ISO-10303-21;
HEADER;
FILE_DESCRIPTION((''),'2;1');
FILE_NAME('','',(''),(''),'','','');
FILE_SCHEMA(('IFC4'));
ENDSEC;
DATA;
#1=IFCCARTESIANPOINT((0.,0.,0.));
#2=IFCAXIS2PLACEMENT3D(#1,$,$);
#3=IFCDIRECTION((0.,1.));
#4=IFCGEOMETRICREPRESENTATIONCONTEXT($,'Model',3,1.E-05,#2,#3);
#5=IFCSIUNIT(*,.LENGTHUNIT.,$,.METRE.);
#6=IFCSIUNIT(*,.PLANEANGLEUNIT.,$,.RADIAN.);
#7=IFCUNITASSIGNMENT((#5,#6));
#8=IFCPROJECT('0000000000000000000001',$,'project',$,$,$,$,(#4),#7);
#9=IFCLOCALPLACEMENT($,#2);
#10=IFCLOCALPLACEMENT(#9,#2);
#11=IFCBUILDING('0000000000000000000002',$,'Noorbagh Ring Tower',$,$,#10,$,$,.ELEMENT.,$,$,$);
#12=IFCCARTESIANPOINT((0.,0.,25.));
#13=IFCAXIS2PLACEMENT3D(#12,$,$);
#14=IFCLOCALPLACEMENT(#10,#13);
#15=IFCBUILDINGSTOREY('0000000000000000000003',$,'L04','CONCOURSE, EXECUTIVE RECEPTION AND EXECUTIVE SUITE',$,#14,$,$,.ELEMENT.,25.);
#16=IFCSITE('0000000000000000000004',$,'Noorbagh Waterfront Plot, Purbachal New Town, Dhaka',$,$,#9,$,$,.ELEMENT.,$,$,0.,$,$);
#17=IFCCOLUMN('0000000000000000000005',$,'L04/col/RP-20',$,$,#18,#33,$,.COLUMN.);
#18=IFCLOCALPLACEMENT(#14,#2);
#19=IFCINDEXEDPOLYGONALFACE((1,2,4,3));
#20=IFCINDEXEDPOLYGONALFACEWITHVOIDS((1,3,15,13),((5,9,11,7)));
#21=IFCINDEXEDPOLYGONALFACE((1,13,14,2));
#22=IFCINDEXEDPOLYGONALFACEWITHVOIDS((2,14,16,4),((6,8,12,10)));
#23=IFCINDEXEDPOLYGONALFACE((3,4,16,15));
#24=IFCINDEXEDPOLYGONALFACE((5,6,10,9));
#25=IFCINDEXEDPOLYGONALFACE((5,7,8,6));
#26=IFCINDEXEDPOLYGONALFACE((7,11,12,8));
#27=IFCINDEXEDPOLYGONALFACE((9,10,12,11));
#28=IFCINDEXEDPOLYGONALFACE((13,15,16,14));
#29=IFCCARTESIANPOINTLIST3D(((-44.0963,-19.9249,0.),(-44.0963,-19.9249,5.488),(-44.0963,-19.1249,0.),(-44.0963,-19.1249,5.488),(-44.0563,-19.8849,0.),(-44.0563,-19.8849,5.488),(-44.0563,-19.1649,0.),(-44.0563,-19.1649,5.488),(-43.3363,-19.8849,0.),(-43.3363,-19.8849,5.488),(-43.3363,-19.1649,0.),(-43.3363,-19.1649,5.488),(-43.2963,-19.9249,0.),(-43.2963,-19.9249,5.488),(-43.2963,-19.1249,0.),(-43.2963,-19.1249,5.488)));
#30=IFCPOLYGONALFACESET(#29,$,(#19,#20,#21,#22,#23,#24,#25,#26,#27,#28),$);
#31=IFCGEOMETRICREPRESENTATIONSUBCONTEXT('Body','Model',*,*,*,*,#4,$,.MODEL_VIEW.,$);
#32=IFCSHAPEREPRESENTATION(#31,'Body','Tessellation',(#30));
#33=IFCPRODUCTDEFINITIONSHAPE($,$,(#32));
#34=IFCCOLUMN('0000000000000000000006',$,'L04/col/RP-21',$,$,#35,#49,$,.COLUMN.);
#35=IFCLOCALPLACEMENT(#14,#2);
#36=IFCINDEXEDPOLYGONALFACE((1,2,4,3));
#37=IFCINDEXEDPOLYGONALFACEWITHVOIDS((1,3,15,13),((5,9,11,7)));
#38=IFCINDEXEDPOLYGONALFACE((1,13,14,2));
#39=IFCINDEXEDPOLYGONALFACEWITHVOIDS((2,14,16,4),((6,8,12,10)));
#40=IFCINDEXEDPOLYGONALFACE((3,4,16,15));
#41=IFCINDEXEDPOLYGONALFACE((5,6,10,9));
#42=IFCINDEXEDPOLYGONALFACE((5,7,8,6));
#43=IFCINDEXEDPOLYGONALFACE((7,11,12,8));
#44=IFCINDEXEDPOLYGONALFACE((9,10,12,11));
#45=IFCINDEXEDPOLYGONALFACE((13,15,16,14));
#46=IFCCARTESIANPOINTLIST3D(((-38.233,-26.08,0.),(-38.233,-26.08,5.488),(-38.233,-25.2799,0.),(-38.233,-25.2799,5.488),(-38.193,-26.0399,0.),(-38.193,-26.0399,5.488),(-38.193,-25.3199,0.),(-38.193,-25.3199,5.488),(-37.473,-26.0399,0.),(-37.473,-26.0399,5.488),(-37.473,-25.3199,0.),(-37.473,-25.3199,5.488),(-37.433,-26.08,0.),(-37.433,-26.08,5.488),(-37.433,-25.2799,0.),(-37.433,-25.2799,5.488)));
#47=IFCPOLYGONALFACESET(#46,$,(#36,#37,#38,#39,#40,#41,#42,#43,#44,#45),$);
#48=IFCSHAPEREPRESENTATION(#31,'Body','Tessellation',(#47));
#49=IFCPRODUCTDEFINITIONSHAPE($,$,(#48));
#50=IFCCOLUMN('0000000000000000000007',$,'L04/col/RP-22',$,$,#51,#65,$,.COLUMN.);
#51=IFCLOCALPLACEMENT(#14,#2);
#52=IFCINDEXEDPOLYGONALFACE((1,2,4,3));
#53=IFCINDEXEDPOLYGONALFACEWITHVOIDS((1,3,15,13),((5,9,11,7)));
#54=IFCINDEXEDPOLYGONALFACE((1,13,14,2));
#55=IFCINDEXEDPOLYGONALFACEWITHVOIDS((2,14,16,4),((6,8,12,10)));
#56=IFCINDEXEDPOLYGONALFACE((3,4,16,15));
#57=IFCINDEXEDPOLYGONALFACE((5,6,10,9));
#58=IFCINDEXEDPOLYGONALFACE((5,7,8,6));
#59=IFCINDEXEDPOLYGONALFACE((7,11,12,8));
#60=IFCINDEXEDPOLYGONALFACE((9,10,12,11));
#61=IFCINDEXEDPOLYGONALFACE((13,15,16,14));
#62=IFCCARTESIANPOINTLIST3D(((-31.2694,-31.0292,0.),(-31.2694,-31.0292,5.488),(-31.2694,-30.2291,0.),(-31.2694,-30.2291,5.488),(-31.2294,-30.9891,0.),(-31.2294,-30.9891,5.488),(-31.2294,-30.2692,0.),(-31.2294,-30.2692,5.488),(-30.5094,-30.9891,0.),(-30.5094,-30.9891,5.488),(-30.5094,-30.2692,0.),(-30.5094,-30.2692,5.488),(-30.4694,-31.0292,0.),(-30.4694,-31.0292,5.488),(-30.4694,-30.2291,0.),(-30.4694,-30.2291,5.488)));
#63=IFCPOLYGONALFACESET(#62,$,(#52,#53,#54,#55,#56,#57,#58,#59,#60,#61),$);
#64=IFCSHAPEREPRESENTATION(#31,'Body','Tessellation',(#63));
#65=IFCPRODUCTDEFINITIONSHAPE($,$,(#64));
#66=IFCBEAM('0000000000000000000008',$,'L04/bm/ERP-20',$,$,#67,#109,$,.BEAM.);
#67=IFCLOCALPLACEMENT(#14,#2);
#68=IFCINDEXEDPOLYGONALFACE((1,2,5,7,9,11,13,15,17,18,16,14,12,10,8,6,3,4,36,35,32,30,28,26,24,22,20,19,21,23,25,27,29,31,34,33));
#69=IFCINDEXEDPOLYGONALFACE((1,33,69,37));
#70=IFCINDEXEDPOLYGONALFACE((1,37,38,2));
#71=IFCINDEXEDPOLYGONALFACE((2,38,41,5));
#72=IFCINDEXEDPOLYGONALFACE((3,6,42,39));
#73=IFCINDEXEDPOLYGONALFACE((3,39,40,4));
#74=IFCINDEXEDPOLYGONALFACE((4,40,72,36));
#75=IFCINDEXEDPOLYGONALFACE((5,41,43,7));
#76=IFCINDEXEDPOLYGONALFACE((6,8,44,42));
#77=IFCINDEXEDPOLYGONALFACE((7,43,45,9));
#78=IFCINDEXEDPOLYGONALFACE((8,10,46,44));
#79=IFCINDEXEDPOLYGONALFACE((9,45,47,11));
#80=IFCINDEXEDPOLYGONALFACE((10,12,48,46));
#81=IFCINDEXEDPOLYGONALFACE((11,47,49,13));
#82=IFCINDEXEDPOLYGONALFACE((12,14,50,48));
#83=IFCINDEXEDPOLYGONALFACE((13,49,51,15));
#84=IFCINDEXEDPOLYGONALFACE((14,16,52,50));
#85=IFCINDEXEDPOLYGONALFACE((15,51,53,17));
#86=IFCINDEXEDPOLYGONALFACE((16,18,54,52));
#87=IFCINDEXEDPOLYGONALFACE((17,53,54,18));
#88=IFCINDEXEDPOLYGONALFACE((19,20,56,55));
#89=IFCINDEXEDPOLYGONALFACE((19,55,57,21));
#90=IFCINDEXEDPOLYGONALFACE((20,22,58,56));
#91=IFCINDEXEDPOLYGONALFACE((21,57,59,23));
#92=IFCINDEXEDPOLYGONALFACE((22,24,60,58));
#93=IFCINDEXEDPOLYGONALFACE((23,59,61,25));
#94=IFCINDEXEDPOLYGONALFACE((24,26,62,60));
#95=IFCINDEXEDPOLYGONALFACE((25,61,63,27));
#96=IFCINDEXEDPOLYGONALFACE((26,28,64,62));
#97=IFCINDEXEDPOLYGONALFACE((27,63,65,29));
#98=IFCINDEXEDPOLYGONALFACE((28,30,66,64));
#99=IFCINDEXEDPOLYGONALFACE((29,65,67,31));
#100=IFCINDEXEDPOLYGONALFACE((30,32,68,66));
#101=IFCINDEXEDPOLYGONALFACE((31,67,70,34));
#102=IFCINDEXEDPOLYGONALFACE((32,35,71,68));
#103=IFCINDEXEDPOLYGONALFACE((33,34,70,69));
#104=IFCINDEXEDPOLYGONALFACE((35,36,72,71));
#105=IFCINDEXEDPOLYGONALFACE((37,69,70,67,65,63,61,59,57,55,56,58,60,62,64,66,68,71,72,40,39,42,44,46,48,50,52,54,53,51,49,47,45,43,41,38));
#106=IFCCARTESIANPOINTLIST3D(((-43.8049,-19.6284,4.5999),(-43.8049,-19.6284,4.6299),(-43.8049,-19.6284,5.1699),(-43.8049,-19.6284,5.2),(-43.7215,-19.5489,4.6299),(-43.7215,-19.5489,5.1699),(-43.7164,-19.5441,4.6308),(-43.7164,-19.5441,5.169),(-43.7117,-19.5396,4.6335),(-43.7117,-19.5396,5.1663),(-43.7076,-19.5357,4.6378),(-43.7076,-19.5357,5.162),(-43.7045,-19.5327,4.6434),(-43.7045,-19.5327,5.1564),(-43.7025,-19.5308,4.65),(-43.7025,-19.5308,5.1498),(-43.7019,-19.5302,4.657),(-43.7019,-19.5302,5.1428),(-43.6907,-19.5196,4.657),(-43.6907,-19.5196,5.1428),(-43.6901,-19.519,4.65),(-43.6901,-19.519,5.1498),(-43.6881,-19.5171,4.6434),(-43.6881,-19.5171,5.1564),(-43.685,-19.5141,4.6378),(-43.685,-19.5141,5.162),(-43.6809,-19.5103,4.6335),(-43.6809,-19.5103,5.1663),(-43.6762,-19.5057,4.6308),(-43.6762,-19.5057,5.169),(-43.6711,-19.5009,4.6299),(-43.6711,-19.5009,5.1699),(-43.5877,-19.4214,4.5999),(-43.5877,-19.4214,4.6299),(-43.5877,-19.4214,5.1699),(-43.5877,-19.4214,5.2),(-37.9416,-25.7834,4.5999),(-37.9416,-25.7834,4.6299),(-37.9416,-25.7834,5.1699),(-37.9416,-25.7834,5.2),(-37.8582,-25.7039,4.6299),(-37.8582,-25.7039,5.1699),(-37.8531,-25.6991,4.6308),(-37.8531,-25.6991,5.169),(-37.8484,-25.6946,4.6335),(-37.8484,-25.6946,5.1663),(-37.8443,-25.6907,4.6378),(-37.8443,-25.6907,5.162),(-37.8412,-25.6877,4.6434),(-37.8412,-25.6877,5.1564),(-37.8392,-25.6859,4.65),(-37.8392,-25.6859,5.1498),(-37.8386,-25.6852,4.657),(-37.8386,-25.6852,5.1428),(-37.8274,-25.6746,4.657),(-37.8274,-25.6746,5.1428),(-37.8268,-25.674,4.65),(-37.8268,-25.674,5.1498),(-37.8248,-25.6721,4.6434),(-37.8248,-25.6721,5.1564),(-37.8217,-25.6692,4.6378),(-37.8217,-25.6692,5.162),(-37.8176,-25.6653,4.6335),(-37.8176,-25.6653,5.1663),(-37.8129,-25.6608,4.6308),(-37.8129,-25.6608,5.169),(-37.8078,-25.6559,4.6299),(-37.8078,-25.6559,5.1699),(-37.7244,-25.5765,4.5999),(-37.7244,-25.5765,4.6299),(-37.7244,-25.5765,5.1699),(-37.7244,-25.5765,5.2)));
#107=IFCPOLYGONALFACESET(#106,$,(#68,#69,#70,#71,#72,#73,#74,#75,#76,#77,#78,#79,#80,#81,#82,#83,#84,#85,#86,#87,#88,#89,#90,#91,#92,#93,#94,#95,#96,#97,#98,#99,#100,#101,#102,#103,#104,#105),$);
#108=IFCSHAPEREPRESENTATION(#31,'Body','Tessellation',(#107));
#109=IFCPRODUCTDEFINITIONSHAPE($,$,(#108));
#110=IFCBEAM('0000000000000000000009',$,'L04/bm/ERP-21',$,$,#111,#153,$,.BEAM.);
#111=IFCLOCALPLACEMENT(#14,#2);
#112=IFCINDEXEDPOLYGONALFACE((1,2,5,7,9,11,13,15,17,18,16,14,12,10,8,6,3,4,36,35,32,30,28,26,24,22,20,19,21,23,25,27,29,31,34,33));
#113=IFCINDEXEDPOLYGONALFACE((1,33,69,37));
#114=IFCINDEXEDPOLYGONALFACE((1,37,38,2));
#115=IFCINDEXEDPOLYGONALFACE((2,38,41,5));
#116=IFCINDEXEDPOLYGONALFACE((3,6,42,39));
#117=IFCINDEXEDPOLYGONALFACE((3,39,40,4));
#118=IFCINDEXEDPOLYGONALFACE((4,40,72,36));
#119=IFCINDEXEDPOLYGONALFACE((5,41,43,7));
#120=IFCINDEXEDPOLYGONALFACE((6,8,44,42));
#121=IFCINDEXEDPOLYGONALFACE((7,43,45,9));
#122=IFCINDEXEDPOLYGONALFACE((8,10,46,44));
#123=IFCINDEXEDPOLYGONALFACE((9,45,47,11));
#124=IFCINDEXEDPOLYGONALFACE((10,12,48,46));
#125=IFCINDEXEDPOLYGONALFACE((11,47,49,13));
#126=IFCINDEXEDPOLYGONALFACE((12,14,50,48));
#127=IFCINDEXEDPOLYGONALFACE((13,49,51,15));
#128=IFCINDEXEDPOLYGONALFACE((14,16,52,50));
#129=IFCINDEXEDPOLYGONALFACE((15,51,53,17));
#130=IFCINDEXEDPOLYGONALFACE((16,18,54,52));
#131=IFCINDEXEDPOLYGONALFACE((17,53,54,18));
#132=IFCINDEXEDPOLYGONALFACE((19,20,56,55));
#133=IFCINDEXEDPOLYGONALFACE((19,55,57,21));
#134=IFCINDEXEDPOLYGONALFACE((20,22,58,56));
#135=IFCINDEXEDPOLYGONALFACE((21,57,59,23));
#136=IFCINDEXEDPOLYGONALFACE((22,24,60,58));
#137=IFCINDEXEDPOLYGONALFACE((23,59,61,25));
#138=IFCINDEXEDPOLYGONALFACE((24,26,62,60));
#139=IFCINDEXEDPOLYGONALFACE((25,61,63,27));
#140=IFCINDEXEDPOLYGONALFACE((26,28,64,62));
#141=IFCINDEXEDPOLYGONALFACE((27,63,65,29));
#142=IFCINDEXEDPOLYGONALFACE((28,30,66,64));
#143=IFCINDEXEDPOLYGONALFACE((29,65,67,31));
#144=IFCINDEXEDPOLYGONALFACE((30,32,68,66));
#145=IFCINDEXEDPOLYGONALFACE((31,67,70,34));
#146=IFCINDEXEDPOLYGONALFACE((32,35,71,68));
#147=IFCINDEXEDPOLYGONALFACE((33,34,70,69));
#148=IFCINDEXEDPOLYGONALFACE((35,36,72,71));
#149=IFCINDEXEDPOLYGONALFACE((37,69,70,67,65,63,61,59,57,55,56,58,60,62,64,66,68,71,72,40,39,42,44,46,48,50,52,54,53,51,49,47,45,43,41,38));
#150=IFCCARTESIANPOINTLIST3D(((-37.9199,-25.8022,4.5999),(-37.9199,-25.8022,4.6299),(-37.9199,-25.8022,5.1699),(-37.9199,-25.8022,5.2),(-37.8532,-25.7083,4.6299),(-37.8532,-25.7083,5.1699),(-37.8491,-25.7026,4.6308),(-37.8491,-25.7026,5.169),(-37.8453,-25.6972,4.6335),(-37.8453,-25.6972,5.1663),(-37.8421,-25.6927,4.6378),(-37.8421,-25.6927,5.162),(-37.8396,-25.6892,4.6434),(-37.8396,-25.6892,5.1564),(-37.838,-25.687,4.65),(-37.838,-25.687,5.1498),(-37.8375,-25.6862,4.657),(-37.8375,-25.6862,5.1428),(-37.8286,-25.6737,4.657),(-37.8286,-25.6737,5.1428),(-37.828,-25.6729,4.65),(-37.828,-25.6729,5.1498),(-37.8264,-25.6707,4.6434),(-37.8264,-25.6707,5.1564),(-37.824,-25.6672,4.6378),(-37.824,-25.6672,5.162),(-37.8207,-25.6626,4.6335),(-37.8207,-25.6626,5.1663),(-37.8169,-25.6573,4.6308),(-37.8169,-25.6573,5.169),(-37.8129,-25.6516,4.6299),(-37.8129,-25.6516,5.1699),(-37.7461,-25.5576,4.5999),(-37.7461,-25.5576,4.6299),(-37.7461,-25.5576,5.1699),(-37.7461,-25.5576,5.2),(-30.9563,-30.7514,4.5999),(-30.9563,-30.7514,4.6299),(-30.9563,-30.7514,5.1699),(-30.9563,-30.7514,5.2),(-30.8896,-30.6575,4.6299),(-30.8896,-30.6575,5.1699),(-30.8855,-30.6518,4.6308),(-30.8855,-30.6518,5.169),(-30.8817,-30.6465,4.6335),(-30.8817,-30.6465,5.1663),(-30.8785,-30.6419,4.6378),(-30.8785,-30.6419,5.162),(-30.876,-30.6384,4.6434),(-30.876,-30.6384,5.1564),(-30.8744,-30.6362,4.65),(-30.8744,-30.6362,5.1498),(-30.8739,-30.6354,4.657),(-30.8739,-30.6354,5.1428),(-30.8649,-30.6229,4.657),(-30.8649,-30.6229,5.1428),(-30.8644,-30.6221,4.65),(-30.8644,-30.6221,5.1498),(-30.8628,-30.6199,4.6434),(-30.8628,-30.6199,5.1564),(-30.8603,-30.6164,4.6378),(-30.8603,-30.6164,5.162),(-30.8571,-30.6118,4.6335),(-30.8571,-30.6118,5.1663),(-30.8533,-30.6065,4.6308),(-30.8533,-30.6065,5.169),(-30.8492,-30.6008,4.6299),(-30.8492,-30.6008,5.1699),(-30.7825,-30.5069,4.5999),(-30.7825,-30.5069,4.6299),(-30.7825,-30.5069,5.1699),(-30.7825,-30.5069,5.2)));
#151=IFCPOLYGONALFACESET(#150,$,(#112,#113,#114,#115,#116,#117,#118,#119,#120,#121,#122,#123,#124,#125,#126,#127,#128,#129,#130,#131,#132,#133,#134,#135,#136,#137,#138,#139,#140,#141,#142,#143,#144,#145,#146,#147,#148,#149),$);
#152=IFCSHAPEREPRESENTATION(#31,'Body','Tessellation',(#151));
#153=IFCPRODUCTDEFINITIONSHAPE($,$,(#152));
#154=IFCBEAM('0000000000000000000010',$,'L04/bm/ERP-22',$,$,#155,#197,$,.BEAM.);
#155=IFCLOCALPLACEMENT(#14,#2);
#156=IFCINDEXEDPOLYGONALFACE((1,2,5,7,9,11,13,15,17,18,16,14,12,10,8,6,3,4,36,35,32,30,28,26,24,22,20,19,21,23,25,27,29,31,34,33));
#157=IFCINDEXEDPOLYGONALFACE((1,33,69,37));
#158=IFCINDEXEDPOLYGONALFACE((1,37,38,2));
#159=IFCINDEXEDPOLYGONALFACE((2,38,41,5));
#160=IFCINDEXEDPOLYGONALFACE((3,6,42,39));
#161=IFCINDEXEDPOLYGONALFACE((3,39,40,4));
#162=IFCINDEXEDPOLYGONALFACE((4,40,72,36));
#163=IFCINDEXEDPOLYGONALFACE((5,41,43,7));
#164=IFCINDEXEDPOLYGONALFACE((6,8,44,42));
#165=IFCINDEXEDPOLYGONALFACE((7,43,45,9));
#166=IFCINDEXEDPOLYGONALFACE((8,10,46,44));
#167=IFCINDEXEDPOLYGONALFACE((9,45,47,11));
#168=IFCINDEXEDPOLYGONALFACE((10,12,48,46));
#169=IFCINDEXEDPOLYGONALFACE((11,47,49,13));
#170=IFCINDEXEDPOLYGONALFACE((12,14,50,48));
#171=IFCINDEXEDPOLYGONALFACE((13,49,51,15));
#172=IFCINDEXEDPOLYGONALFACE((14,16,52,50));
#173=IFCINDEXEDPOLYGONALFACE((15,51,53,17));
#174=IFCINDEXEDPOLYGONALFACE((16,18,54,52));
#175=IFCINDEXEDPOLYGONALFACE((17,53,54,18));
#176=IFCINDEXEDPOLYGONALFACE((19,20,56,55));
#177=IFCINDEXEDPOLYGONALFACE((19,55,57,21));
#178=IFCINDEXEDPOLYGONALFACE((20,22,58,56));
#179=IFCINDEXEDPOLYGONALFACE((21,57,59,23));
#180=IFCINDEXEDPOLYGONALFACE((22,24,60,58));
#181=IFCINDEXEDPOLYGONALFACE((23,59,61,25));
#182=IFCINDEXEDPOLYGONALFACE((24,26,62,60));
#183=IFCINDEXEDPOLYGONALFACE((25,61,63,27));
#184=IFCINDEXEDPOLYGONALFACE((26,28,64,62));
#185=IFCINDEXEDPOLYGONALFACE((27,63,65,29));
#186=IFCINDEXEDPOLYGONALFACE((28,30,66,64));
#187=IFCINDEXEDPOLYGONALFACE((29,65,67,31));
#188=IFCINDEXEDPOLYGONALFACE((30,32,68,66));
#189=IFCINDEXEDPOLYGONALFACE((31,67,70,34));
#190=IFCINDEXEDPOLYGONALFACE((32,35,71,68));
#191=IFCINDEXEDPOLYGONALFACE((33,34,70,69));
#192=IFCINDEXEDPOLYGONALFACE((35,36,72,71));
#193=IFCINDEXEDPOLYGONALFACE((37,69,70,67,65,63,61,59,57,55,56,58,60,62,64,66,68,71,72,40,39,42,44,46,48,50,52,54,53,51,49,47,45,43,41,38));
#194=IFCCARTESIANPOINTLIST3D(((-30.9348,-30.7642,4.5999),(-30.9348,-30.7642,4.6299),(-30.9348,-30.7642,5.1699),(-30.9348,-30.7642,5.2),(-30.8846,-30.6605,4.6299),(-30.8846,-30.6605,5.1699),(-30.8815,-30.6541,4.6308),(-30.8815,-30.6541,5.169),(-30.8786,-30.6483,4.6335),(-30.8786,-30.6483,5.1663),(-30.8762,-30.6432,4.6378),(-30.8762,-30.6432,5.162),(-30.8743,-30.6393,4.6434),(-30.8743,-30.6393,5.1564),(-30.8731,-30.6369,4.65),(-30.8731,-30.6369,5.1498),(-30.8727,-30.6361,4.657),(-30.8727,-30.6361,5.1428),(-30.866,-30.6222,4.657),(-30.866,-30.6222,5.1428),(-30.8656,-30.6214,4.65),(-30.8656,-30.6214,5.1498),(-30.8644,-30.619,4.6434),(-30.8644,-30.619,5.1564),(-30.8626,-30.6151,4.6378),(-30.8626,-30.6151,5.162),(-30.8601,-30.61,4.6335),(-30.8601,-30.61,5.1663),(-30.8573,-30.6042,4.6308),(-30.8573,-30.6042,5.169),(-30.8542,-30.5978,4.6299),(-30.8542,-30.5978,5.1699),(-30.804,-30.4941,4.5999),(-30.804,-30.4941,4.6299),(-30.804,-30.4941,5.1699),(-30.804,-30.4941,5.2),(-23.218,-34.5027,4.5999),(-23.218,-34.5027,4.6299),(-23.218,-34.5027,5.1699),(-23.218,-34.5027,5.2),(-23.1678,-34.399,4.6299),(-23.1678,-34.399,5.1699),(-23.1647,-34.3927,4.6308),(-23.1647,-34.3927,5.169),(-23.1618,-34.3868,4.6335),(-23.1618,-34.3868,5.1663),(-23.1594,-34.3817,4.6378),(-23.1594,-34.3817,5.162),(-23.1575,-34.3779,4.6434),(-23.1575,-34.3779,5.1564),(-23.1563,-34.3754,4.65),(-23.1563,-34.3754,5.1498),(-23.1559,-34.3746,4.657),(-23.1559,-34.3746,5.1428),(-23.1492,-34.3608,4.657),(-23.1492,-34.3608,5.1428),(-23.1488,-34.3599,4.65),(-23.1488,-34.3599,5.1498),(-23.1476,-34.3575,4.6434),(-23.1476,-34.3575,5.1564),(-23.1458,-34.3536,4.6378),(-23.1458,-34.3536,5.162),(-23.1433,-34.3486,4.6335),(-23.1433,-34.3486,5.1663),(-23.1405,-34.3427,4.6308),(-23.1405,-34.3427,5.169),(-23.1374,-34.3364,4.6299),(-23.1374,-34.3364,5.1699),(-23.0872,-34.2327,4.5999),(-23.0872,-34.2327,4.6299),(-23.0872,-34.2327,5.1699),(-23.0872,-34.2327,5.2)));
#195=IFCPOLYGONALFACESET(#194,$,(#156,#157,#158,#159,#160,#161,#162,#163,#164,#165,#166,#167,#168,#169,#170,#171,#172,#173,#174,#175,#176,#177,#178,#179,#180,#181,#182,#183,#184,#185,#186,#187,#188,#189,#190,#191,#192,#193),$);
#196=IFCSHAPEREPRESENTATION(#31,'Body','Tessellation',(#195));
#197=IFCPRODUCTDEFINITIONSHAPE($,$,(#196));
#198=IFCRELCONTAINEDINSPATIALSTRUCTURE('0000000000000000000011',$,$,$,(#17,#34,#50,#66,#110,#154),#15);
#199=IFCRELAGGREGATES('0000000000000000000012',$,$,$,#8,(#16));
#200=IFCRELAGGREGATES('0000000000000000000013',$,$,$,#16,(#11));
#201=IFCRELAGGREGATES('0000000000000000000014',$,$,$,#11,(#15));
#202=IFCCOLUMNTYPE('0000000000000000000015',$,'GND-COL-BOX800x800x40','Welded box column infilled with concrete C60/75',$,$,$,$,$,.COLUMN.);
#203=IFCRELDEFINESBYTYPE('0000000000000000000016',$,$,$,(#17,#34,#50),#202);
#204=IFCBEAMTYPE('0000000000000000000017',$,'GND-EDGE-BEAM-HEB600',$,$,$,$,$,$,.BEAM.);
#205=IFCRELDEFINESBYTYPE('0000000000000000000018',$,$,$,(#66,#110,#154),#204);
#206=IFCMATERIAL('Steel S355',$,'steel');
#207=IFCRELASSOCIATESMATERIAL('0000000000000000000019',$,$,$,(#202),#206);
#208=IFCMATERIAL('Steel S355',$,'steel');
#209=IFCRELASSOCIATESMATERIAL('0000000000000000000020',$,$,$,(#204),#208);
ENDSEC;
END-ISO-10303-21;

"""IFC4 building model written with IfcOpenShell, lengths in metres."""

from ifc_helpers import new_model, si_unit, direction, frame, origin, origin_2d, place, context, subcontext, project, spatial, hollow_rectangle, i_section, extrude, material, material_profile, profile_set, type_object, element, save


model = new_model("IFC4")

# Units and contexts
model_context = context("Model", 3, precision=1e-05, world=origin(), true_north=direction((0.0, 1.0)))
body_context = subcontext(model_context, "Body", "Model", "MODEL_VIEW")
ifc_project = project(units=[si_unit("LENGTHUNIT", "METRE"), si_unit("PLANEANGLEUNIT", "RADIAN")], contexts=[model_context])

# Site, building, storey
site_placement = place(None, origin())
site = spatial("IfcSite", under=ifc_project, at=site_placement, Name="Noorbagh Waterfront Plot, Purbachal New Town, Dhaka", CompositionType="ELEMENT", RefElevation=0.0)
building_placement = place(site_placement, origin())
building = spatial("IfcBuilding", under=site, at=building_placement, Name="Noorbagh Ring Tower", CompositionType="ELEMENT")
storey_placement = place(building_placement, frame((0.0, 0.0, 25.0)))
storey = spatial("IfcBuildingStorey", under=building, at=storey_placement, Name="L04", Description="CONCOURSE, EXECUTIVE RECEPTION AND EXECUTIVE SUITE", CompositionType="ELEMENT", Elevation=25.0)

# Columns
ifc_material_1 = material(Name="Steel S355", Category="steel")
ifc_material_profile_1 = material_profile(ifc_material_1, hollow_rectangle(XDim=0.8, YDim=0.8, WallThickness=0.04, at=origin_2d()), Name="BOX800x800x40")
ifc_profile_set_1 = profile_set([ifc_material_profile_1], Name="Steel S355")
column_type = type_object("IfcColumnType", Name="GND-COL-BOX800x800x40", Description="Welded box column infilled with concrete C60/75", PredefinedType="COLUMN", material=ifc_profile_set_1)
for number, where, z_axis, x_axis, name in (
    (1, (-43.6963, -19.5249, 0.0), (0.0, 0.0, 1.0), (1.0, 0.0, 0.0), "L04/col/RP-20"),
    (2, (-37.833, -25.6799, 0.0), (0.0, 0.0, 1.0), (1.0, 0.0, 0.0), "L04/col/RP-21"),
    (3, (-30.8694, -30.6292, 0.0), (0.0, 0.0, 1.0), (1.0, 0.0, 0.0), "L04/col/RP-22"),
):
    element("IfcColumn", number, at=place(storey_placement, frame(where, z_axis=z_axis, x_axis=x_axis)), inside=storey, type_object=column_type, Name=name, PredefinedType="COLUMN", context=body_context, shape_type="SweptSolid", body=[
        extrude(hollow_rectangle(XDim=0.8, YDim=0.8, WallThickness=0.04, at=origin_2d()), origin(), (0.0, 0.0, 1.0), 5.488),
    ])

# Beams
ifc_material_2 = material(Name="Steel S355", Category="steel")
ifc_material_profile_2 = material_profile(ifc_material_2, i_section(OverallWidth=0.3, OverallDepth=0.6001, WebThickness=0.0154, FlangeThickness=0.03, FilletRadius=0.0271, at=origin_2d()), Name="HEB600")
ifc_profile_set_2 = profile_set([ifc_material_profile_2], Name="Steel S355")
beam_type_1 = type_object("IfcBeamType", Name="GND-EDGE-BEAM-HEB600", PredefinedType="BEAM", material=ifc_profile_set_2)
beam_1_placement = place(storey_placement, frame((-43.6963, -19.5249, 4.8999), z_axis=(0.689738, -0.724059, 0.0), x_axis=(0.724059, 0.689738, 0.0)))
element("IfcBeam", 4, at=beam_1_placement, inside=storey, type_object=beam_type_1, Name="L04/bm/ERP-20", PredefinedType="BEAM", context=body_context, shape_type="SweptSolid", body=[
    extrude(i_section(OverallWidth=0.3, OverallDepth=0.6001, WebThickness=0.0154, FlangeThickness=0.03, FilletRadius=0.0271, at=origin_2d()), origin(), (0.0, 0.0, 1.0), 8.5007),
])
beam_2_placement = place(storey_placement, frame((-37.833, -25.6799, 4.8999), z_axis=(0.815104, -0.579315, 0.0), x_axis=(0.579315, 0.815104, 0.0)))
element("IfcBeam", 5, at=beam_2_placement, inside=storey, type_object=beam_type_1, Name="L04/bm/ERP-21", PredefinedType="BEAM", context=body_context, shape_type="SweptSolid", body=[
    extrude(i_section(OverallWidth=0.3, OverallDepth=0.6001, WebThickness=0.0154, FlangeThickness=0.03, FilletRadius=0.0271, at=origin_2d()), origin(), (0.0, 0.0, 1.0), 8.5432),
])
beam_3_placement = place(storey_placement, frame((-30.8694, -30.6292, 4.8999), z_axis=(0.899949, -0.435995, 0.0), x_axis=(0.435995, 0.899949, 0.0)))
element("IfcBeam", 6, at=beam_3_placement, inside=storey, type_object=beam_type_1, Name="L04/bm/ERP-22", PredefinedType="BEAM", context=body_context, shape_type="SweptSolid", body=[
    extrude(i_section(OverallWidth=0.3, OverallDepth=0.6001, WebThickness=0.0154, FlangeThickness=0.03, FilletRadius=0.0271, at=origin_2d()), origin(), (0.0, 0.0, 1.0), 8.5747),
])

save(model, "model.ifc")
